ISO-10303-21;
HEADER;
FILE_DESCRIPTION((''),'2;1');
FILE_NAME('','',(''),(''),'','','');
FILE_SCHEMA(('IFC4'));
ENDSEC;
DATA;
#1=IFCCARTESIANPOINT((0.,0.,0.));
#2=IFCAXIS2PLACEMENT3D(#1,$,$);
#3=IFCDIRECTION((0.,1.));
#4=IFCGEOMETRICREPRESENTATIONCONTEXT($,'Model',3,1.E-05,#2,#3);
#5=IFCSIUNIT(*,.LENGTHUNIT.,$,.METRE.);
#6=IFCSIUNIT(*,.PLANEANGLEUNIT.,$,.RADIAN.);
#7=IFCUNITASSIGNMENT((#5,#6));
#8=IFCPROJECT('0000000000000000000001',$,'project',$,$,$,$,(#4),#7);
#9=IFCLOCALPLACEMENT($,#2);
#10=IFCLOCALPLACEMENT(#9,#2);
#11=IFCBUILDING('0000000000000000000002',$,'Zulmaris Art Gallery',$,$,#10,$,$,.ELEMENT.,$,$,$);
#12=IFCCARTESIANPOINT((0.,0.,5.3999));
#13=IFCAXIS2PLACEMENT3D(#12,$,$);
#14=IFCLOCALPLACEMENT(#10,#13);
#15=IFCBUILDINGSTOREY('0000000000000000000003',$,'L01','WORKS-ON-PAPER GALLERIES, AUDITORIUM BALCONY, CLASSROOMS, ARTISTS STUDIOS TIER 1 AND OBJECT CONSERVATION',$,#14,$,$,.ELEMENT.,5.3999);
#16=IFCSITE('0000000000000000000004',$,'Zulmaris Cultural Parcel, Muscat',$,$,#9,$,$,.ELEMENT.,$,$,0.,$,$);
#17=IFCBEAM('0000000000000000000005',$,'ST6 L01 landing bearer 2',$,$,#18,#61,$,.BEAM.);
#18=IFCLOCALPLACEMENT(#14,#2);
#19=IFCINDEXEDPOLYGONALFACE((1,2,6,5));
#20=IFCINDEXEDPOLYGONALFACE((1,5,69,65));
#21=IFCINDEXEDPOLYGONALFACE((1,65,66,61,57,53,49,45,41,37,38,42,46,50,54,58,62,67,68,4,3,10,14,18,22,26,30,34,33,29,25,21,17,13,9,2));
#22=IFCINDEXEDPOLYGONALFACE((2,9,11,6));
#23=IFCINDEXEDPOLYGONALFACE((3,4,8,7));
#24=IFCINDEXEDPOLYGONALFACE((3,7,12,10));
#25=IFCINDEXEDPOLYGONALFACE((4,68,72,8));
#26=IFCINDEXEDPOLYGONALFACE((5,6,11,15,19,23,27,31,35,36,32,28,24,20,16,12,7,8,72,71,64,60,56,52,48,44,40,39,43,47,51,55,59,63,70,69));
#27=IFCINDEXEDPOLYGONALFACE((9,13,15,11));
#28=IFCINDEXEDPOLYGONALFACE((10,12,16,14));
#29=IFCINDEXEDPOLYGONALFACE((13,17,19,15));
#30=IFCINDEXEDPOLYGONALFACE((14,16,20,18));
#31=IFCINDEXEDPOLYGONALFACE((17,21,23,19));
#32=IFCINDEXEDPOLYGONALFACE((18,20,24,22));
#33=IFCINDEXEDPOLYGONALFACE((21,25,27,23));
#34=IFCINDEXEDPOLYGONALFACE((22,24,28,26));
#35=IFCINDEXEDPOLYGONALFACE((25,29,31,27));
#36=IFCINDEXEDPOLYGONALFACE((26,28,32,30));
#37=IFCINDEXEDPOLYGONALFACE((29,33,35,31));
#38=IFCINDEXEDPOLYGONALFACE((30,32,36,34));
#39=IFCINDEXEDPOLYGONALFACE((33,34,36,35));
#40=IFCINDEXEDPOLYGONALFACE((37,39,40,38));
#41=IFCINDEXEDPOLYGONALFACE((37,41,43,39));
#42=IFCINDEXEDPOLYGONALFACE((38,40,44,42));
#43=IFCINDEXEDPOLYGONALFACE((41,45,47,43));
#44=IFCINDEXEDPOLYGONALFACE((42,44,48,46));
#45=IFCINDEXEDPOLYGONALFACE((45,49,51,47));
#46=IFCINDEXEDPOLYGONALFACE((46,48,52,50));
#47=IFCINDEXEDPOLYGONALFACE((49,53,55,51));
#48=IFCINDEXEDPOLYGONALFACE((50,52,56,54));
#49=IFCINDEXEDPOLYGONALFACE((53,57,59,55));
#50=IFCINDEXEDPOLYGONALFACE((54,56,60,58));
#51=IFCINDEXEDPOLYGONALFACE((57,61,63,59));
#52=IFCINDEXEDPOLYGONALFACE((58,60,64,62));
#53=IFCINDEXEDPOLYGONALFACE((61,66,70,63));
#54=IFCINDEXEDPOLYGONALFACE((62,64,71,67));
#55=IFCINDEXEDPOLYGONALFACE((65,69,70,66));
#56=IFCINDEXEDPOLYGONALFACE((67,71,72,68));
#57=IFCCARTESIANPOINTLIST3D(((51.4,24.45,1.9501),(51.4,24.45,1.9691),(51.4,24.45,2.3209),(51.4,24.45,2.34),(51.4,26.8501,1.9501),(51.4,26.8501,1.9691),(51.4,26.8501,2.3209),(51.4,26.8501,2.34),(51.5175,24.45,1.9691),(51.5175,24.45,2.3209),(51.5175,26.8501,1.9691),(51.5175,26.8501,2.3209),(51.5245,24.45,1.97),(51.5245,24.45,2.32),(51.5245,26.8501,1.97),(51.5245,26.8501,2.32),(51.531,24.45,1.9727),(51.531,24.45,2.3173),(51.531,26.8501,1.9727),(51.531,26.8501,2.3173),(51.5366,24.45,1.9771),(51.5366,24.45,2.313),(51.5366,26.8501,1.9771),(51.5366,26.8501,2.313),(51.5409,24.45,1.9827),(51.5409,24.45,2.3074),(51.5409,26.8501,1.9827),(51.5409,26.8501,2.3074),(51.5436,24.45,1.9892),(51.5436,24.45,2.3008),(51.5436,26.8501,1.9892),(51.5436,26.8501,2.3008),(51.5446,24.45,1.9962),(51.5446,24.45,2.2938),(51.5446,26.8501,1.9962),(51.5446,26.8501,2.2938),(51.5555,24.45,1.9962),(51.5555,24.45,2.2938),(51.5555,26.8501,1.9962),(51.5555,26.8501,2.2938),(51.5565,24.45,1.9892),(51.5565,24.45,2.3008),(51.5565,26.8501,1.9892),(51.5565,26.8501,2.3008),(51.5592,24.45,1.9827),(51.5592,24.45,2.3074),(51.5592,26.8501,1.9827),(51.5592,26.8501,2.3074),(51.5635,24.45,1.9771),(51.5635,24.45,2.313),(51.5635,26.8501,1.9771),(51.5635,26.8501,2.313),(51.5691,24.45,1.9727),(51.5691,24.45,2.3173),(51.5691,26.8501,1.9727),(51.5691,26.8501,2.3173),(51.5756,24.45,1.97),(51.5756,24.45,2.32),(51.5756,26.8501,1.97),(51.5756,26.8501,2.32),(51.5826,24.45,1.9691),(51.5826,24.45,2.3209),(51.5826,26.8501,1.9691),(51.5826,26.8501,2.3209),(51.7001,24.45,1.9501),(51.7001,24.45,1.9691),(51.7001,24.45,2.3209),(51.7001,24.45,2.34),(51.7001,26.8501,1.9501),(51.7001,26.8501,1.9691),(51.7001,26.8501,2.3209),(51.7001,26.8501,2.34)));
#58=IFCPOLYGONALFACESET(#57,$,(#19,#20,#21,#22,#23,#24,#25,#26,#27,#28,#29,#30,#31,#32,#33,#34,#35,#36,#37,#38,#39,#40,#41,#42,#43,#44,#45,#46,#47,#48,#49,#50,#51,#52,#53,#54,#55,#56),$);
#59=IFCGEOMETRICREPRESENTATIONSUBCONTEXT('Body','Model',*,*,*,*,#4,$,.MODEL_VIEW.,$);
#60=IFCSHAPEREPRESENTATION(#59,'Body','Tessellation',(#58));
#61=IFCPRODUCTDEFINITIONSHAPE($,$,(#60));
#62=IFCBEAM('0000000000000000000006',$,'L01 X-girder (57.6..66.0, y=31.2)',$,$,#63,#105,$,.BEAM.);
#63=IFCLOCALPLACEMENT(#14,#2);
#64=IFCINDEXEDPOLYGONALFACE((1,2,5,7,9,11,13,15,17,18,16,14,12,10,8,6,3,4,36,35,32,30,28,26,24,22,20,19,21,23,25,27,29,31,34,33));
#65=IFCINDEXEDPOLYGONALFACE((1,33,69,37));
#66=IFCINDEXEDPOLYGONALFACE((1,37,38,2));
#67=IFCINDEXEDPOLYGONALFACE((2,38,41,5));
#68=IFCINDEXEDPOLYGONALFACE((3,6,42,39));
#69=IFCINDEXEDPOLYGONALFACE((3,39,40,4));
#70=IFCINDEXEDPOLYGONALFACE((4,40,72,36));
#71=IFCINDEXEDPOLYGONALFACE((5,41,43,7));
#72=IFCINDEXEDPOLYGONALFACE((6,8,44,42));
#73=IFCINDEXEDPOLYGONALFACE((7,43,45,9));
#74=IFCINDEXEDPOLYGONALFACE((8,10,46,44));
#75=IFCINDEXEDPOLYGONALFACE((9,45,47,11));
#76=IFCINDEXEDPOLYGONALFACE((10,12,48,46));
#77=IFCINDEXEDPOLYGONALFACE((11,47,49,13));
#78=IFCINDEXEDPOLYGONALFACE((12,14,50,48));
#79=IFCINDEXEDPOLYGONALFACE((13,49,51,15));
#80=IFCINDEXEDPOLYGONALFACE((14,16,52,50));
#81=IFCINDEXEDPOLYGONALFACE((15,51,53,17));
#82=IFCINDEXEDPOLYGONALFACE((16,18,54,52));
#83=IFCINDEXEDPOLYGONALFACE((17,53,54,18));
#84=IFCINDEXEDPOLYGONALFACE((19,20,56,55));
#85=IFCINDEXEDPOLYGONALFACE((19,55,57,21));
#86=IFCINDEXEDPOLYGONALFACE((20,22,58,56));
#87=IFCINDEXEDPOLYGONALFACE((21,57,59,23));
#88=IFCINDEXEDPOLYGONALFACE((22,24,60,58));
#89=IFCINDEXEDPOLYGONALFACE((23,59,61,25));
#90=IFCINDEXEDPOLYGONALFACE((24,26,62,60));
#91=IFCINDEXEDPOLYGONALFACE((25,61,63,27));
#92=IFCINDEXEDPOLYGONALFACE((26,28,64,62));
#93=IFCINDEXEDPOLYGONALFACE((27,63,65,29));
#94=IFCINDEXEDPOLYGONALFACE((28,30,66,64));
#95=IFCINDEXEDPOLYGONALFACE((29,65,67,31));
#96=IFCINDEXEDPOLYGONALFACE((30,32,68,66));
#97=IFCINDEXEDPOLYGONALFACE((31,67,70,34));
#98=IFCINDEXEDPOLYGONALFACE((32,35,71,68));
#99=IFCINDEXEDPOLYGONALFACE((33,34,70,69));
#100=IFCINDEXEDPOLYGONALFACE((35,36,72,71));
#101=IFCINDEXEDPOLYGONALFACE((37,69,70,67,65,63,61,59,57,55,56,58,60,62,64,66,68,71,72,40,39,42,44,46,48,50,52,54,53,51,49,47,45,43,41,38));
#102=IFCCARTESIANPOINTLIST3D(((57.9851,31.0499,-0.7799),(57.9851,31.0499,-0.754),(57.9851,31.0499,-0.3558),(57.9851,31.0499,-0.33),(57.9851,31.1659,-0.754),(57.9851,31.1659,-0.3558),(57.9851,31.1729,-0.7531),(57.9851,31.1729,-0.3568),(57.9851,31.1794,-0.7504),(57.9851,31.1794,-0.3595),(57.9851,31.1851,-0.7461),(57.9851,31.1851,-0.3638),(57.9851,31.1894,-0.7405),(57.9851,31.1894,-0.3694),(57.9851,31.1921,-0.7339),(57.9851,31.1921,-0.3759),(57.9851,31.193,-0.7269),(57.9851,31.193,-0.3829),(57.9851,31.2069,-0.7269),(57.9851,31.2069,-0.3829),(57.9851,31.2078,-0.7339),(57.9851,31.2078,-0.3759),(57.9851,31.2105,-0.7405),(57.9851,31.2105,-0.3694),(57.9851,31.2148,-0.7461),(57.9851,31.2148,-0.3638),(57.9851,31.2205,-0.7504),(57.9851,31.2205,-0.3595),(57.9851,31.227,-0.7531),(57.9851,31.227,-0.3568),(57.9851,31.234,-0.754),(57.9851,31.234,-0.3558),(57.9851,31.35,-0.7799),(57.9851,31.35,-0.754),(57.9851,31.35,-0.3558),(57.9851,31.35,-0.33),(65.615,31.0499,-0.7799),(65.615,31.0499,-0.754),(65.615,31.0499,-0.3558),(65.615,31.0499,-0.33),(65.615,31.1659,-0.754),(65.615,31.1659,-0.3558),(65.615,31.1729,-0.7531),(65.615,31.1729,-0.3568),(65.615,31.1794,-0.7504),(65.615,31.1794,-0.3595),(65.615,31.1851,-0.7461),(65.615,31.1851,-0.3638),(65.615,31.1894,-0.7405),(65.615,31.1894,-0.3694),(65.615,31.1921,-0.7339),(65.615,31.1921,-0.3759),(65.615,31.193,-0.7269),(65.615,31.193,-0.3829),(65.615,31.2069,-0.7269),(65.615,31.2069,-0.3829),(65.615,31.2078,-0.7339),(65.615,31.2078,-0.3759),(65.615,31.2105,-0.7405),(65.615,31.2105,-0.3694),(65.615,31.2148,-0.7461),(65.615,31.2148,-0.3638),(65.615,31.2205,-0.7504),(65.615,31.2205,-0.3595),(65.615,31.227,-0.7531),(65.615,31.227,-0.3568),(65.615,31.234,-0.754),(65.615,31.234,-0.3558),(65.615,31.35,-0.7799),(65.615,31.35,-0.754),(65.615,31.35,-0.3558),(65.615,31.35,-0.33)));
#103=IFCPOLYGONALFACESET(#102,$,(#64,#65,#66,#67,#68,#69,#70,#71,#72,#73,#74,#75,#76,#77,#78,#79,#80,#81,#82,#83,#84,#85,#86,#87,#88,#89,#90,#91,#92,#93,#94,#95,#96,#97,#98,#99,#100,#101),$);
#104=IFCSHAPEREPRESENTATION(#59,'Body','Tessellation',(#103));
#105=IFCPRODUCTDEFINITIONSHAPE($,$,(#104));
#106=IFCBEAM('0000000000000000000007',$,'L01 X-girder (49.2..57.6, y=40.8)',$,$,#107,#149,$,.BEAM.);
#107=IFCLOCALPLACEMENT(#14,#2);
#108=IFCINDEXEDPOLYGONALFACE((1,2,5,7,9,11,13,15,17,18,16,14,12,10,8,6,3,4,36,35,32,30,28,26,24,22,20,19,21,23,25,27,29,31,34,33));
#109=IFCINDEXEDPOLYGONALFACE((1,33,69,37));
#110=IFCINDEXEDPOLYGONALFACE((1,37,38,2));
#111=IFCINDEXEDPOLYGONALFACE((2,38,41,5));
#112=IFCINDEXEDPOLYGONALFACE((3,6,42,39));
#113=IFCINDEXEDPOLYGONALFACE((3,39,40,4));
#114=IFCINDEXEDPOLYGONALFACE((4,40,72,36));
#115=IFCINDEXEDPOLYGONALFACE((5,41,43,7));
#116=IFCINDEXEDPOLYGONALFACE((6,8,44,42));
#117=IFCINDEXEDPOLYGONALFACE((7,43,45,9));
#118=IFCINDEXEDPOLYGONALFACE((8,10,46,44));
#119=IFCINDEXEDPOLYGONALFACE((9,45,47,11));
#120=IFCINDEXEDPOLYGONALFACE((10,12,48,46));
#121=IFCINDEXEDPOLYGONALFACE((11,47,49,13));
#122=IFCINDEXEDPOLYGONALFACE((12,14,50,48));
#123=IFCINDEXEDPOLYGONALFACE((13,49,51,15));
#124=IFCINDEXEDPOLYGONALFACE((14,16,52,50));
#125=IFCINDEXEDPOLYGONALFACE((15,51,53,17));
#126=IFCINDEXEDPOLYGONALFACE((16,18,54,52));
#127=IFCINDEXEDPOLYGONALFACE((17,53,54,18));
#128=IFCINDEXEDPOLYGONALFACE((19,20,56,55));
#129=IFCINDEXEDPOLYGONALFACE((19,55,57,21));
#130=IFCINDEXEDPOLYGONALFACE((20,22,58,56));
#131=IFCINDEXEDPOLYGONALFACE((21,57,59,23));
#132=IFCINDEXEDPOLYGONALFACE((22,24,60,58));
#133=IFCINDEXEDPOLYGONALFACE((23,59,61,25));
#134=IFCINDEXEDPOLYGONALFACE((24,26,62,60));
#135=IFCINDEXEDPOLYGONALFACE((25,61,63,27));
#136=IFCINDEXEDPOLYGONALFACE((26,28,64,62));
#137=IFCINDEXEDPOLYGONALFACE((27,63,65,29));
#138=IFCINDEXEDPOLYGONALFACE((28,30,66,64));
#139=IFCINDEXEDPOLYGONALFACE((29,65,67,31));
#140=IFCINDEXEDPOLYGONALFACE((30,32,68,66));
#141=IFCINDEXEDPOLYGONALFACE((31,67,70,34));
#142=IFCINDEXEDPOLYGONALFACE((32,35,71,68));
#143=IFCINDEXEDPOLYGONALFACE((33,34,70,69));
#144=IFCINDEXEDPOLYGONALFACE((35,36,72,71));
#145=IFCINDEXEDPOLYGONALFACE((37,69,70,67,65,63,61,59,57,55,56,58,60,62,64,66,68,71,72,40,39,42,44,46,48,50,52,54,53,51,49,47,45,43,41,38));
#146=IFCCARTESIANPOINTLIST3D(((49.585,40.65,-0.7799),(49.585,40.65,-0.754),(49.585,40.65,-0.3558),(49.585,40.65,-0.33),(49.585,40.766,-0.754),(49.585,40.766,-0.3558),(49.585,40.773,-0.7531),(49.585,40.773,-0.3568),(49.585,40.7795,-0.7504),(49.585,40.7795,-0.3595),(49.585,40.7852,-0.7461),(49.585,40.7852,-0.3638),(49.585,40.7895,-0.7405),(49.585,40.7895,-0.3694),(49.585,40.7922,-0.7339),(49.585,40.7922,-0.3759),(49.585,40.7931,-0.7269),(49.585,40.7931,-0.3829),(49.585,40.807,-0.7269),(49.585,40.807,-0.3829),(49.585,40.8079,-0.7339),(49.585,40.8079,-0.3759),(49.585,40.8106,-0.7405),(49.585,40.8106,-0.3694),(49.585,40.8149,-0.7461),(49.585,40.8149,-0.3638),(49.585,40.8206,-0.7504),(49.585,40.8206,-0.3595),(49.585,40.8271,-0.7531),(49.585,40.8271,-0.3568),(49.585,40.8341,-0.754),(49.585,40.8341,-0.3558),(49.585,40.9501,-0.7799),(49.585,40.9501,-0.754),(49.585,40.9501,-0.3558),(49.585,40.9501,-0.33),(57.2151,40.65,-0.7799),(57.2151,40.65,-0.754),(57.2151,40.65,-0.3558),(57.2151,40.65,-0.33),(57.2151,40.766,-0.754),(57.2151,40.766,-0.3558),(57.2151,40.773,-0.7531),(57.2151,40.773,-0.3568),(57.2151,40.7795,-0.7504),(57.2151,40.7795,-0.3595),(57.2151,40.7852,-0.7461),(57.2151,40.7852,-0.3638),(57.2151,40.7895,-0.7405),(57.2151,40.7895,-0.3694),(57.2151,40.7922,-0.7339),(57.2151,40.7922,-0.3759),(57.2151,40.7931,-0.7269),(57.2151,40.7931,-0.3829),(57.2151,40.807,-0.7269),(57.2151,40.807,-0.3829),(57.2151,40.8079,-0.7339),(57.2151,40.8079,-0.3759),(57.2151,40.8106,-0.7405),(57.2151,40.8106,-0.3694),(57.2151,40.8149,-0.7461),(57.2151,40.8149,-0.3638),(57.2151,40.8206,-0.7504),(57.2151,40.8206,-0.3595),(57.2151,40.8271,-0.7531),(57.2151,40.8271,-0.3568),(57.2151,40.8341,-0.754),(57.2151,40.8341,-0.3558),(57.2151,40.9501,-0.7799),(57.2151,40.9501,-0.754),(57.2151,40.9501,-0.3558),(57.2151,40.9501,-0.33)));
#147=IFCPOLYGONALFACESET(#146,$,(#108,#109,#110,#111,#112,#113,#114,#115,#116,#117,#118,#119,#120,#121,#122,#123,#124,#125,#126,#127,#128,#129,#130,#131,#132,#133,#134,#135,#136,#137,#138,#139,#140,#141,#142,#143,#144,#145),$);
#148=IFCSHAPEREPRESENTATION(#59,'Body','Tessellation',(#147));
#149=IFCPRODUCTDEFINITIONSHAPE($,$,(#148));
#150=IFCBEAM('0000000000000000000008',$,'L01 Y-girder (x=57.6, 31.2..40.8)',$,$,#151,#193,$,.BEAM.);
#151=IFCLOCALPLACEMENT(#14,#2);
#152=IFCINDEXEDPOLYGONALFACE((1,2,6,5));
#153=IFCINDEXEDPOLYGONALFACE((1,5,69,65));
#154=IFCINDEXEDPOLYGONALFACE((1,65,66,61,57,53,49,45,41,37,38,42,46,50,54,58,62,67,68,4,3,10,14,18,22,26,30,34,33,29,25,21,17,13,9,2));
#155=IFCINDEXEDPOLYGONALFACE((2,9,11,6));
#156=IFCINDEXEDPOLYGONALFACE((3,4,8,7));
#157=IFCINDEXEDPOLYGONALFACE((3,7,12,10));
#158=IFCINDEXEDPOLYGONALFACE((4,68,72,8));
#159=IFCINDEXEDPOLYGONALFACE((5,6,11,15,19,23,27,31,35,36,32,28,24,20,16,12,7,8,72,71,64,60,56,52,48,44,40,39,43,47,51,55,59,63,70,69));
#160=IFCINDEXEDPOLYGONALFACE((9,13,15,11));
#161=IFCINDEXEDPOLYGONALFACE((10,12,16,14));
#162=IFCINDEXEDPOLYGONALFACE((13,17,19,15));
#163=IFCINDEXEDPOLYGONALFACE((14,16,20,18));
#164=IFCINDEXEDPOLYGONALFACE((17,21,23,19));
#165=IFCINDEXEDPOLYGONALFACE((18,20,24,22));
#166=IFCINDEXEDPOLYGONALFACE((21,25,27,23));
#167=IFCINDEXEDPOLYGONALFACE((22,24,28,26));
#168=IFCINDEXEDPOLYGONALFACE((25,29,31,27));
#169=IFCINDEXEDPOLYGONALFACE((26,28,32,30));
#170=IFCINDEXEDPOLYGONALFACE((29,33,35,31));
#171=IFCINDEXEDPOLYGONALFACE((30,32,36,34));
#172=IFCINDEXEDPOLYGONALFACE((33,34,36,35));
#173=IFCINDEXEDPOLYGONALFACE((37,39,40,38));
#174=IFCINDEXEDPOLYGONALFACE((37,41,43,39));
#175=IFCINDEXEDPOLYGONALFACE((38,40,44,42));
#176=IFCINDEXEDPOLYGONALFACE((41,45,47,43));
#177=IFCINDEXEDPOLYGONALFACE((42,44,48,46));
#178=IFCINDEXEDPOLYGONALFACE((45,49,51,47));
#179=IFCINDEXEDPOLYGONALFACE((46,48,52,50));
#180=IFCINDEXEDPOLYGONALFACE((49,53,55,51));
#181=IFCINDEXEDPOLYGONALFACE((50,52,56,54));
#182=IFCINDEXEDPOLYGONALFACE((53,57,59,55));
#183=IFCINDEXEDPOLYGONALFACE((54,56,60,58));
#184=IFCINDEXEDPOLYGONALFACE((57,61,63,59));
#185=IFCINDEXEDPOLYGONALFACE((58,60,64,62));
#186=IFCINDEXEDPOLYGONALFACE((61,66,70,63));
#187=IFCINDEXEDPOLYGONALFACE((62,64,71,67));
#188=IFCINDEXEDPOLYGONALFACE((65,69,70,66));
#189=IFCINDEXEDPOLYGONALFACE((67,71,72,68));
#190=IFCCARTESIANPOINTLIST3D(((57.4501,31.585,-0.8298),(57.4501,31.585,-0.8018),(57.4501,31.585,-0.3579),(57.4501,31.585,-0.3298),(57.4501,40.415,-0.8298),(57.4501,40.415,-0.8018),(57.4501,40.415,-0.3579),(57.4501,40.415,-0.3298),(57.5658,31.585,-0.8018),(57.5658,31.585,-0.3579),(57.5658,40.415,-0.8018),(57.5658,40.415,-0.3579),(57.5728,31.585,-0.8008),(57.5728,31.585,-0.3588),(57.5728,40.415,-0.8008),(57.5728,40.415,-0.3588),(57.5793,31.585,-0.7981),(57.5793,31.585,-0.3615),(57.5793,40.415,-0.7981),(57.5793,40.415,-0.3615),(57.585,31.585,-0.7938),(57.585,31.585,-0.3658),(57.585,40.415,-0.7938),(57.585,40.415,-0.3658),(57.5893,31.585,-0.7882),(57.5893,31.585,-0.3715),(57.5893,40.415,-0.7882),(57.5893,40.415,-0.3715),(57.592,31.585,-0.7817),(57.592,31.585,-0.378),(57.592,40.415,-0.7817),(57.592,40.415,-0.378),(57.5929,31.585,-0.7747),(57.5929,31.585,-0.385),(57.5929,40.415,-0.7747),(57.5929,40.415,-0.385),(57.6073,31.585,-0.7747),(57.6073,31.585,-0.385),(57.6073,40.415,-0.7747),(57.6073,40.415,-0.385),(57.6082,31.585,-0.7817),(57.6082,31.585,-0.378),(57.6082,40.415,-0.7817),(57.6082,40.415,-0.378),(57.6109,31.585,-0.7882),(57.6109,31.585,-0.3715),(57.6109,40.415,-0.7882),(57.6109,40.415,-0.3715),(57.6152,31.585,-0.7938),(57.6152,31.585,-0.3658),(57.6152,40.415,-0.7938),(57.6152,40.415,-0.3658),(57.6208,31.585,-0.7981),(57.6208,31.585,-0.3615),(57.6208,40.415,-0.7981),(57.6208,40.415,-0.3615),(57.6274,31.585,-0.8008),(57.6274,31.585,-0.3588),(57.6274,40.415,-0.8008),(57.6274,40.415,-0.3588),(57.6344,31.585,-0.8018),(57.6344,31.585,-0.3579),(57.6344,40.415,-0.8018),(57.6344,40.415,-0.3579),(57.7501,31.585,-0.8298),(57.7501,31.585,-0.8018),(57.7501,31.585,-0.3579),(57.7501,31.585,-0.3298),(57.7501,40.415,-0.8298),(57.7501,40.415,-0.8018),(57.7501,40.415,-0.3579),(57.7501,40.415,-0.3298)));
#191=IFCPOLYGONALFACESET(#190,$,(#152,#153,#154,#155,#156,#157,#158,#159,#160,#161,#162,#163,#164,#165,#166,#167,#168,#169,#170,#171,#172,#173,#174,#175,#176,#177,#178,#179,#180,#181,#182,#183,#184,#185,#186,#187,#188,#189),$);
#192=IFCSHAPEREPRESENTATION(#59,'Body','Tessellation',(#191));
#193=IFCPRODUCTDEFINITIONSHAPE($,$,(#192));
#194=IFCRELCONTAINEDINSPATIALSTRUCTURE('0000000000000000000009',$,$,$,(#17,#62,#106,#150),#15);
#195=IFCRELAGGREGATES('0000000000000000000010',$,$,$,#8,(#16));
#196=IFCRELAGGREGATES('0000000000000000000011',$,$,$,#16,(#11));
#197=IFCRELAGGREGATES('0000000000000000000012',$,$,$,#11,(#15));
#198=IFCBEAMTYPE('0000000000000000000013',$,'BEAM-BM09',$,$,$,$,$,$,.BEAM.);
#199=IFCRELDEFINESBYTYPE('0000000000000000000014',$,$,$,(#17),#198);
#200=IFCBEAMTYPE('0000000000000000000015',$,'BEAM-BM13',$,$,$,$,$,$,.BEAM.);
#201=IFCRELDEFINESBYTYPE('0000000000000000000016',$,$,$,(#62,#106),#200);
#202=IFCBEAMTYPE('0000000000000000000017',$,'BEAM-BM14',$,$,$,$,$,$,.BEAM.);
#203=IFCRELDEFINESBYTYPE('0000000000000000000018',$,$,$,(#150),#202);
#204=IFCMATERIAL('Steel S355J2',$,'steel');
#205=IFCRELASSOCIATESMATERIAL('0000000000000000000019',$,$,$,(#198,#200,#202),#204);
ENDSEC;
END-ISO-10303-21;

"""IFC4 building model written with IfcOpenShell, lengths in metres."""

from ifc_helpers import new_model, si_unit, direction, frame, origin, origin_2d, place, context, subcontext, project, spatial, i_section, extrude, material, material_profile, profile_set, type_object, element, save


model = new_model("IFC4")

# Units and contexts
model_context = context("Model", 3, precision=1e-05, world=origin(), true_north=direction((0.0, 1.0)))
body_context = subcontext(model_context, "Body", "Model", "MODEL_VIEW")
ifc_project = project(units=[si_unit("LENGTHUNIT", "METRE"), si_unit("PLANEANGLEUNIT", "RADIAN")], contexts=[model_context])

# Site, building, storey
site_placement = place(None, origin())
site = spatial("IfcSite", under=ifc_project, at=site_placement, Name="Zulmaris Cultural Parcel, Muscat", CompositionType="ELEMENT", RefElevation=0.0)
building_placement = place(site_placement, origin())
building = spatial("IfcBuilding", under=site, at=building_placement, Name="Zulmaris Art Gallery", CompositionType="ELEMENT")
storey_placement = place(building_placement, frame((0.0, 0.0, 5.3999)))
storey = spatial("IfcBuildingStorey", under=building, at=storey_placement, Name="L01", Description="WORKS-ON-PAPER GALLERIES, AUDITORIUM BALCONY, CLASSROOMS, ARTISTS STUDIOS TIER 1 AND OBJECT CONSERVATION", CompositionType="ELEMENT", Elevation=5.3999)

# Beams
ifc_material_1 = material(Name="Steel S355J2", Category="steel")
ifc_material_profile_1 = material_profile(ifc_material_1, i_section(OverallWidth=0.3, OverallDepth=0.3899, WebThickness=0.011, FlangeThickness=0.019, FilletRadius=0.0271, at=origin_2d()), Name="HEA 400")
ifc_profile_set_1 = profile_set([ifc_material_profile_1], Name="Steel S355J2")
beam_type_1 = type_object("IfcBeamType", Name="BEAM-BM09", PredefinedType="BEAM", material=ifc_profile_set_1)
beam_1_placement = place(storey_placement, frame((51.55, 24.45, 2.145), z_axis=(0.0, 1.0, 0.0), x_axis=(-1.0, 0.0, 0.0)))
element("IfcBeam", 1, at=beam_1_placement, inside=storey, type_object=beam_type_1, Name="ST6 L01 landing bearer 2", PredefinedType="BEAM", context=body_context, shape_type="SweptSolid", body=[
    extrude(i_section(OverallWidth=0.3, OverallDepth=0.3899, WebThickness=0.011, FlangeThickness=0.019, FilletRadius=0.0271, at=origin_2d()), origin(), (0.0, 0.0, 1.0), 2.4001),
])
ifc_material_profile_2 = material_profile(ifc_material_1, i_section(OverallWidth=0.3, OverallDepth=0.45, WebThickness=0.0139, FlangeThickness=0.0259, FilletRadius=0.0271, at=origin_2d()), Name="HEB 450")
ifc_profile_set_2 = profile_set([ifc_material_profile_2], Name="Steel S355J2")
beam_type_2 = type_object("IfcBeamType", Name="BEAM-BM13", PredefinedType="BEAM", material=ifc_profile_set_2)
beam_2_placement = place(storey_placement, frame((57.9851, 31.2, -0.5549), z_axis=(1.0, 0.0, 0.0), x_axis=(0.0, 1.0, 0.0)))
element("IfcBeam", 2, at=beam_2_placement, inside=storey, type_object=beam_type_2, Name="L01 X-girder (57.6..66.0, y=31.2)", PredefinedType="BEAM", context=body_context, shape_type="SweptSolid", body=[
    extrude(i_section(OverallWidth=0.3, OverallDepth=0.45, WebThickness=0.0139, FlangeThickness=0.0259, FilletRadius=0.0271, at=origin_2d()), origin(), (0.0, 0.0, 1.0), 7.6299),
])
beam_3_placement = place(storey_placement, frame((49.585, 40.8, -0.5549), z_axis=(1.0, 0.0, 0.0), x_axis=(0.0, 1.0, 0.0)))
element("IfcBeam", 3, at=beam_3_placement, inside=storey, type_object=beam_type_2, Name="L01 X-girder (49.2..57.6, y=40.8)", PredefinedType="BEAM", context=body_context, shape_type="SweptSolid", body=[
    extrude(i_section(OverallWidth=0.3, OverallDepth=0.45, WebThickness=0.0139, FlangeThickness=0.0259, FilletRadius=0.0271, at=origin_2d()), origin(), (0.0, 0.0, 1.0), 7.6301),
])
ifc_material_profile_3 = material_profile(ifc_material_1, i_section(OverallWidth=0.3, OverallDepth=0.5, WebThickness=0.0144, FlangeThickness=0.0281, FilletRadius=0.0271, at=origin_2d()), Name="HEB 500")
ifc_profile_set_3 = profile_set([ifc_material_profile_3], Name="Steel S355J2")
beam_type_3 = type_object("IfcBeamType", Name="BEAM-BM14", PredefinedType="BEAM", material=ifc_profile_set_3)
beam_4_placement = place(storey_placement, frame((57.6001, 31.585, -0.5798), z_axis=(0.0, 1.0, 0.0), x_axis=(-1.0, 0.0, 0.0)))
element("IfcBeam", 4, at=beam_4_placement, inside=storey, type_object=beam_type_3, Name="L01 Y-girder (x=57.6, 31.2..40.8)", PredefinedType="BEAM", context=body_context, shape_type="SweptSolid", body=[
    extrude(i_section(OverallWidth=0.3, OverallDepth=0.5, WebThickness=0.0144, FlangeThickness=0.0281, FilletRadius=0.0271, at=origin_2d()), origin(), (0.0, 0.0, 1.0), 8.8301),
])

save(model, "model.ifc")
